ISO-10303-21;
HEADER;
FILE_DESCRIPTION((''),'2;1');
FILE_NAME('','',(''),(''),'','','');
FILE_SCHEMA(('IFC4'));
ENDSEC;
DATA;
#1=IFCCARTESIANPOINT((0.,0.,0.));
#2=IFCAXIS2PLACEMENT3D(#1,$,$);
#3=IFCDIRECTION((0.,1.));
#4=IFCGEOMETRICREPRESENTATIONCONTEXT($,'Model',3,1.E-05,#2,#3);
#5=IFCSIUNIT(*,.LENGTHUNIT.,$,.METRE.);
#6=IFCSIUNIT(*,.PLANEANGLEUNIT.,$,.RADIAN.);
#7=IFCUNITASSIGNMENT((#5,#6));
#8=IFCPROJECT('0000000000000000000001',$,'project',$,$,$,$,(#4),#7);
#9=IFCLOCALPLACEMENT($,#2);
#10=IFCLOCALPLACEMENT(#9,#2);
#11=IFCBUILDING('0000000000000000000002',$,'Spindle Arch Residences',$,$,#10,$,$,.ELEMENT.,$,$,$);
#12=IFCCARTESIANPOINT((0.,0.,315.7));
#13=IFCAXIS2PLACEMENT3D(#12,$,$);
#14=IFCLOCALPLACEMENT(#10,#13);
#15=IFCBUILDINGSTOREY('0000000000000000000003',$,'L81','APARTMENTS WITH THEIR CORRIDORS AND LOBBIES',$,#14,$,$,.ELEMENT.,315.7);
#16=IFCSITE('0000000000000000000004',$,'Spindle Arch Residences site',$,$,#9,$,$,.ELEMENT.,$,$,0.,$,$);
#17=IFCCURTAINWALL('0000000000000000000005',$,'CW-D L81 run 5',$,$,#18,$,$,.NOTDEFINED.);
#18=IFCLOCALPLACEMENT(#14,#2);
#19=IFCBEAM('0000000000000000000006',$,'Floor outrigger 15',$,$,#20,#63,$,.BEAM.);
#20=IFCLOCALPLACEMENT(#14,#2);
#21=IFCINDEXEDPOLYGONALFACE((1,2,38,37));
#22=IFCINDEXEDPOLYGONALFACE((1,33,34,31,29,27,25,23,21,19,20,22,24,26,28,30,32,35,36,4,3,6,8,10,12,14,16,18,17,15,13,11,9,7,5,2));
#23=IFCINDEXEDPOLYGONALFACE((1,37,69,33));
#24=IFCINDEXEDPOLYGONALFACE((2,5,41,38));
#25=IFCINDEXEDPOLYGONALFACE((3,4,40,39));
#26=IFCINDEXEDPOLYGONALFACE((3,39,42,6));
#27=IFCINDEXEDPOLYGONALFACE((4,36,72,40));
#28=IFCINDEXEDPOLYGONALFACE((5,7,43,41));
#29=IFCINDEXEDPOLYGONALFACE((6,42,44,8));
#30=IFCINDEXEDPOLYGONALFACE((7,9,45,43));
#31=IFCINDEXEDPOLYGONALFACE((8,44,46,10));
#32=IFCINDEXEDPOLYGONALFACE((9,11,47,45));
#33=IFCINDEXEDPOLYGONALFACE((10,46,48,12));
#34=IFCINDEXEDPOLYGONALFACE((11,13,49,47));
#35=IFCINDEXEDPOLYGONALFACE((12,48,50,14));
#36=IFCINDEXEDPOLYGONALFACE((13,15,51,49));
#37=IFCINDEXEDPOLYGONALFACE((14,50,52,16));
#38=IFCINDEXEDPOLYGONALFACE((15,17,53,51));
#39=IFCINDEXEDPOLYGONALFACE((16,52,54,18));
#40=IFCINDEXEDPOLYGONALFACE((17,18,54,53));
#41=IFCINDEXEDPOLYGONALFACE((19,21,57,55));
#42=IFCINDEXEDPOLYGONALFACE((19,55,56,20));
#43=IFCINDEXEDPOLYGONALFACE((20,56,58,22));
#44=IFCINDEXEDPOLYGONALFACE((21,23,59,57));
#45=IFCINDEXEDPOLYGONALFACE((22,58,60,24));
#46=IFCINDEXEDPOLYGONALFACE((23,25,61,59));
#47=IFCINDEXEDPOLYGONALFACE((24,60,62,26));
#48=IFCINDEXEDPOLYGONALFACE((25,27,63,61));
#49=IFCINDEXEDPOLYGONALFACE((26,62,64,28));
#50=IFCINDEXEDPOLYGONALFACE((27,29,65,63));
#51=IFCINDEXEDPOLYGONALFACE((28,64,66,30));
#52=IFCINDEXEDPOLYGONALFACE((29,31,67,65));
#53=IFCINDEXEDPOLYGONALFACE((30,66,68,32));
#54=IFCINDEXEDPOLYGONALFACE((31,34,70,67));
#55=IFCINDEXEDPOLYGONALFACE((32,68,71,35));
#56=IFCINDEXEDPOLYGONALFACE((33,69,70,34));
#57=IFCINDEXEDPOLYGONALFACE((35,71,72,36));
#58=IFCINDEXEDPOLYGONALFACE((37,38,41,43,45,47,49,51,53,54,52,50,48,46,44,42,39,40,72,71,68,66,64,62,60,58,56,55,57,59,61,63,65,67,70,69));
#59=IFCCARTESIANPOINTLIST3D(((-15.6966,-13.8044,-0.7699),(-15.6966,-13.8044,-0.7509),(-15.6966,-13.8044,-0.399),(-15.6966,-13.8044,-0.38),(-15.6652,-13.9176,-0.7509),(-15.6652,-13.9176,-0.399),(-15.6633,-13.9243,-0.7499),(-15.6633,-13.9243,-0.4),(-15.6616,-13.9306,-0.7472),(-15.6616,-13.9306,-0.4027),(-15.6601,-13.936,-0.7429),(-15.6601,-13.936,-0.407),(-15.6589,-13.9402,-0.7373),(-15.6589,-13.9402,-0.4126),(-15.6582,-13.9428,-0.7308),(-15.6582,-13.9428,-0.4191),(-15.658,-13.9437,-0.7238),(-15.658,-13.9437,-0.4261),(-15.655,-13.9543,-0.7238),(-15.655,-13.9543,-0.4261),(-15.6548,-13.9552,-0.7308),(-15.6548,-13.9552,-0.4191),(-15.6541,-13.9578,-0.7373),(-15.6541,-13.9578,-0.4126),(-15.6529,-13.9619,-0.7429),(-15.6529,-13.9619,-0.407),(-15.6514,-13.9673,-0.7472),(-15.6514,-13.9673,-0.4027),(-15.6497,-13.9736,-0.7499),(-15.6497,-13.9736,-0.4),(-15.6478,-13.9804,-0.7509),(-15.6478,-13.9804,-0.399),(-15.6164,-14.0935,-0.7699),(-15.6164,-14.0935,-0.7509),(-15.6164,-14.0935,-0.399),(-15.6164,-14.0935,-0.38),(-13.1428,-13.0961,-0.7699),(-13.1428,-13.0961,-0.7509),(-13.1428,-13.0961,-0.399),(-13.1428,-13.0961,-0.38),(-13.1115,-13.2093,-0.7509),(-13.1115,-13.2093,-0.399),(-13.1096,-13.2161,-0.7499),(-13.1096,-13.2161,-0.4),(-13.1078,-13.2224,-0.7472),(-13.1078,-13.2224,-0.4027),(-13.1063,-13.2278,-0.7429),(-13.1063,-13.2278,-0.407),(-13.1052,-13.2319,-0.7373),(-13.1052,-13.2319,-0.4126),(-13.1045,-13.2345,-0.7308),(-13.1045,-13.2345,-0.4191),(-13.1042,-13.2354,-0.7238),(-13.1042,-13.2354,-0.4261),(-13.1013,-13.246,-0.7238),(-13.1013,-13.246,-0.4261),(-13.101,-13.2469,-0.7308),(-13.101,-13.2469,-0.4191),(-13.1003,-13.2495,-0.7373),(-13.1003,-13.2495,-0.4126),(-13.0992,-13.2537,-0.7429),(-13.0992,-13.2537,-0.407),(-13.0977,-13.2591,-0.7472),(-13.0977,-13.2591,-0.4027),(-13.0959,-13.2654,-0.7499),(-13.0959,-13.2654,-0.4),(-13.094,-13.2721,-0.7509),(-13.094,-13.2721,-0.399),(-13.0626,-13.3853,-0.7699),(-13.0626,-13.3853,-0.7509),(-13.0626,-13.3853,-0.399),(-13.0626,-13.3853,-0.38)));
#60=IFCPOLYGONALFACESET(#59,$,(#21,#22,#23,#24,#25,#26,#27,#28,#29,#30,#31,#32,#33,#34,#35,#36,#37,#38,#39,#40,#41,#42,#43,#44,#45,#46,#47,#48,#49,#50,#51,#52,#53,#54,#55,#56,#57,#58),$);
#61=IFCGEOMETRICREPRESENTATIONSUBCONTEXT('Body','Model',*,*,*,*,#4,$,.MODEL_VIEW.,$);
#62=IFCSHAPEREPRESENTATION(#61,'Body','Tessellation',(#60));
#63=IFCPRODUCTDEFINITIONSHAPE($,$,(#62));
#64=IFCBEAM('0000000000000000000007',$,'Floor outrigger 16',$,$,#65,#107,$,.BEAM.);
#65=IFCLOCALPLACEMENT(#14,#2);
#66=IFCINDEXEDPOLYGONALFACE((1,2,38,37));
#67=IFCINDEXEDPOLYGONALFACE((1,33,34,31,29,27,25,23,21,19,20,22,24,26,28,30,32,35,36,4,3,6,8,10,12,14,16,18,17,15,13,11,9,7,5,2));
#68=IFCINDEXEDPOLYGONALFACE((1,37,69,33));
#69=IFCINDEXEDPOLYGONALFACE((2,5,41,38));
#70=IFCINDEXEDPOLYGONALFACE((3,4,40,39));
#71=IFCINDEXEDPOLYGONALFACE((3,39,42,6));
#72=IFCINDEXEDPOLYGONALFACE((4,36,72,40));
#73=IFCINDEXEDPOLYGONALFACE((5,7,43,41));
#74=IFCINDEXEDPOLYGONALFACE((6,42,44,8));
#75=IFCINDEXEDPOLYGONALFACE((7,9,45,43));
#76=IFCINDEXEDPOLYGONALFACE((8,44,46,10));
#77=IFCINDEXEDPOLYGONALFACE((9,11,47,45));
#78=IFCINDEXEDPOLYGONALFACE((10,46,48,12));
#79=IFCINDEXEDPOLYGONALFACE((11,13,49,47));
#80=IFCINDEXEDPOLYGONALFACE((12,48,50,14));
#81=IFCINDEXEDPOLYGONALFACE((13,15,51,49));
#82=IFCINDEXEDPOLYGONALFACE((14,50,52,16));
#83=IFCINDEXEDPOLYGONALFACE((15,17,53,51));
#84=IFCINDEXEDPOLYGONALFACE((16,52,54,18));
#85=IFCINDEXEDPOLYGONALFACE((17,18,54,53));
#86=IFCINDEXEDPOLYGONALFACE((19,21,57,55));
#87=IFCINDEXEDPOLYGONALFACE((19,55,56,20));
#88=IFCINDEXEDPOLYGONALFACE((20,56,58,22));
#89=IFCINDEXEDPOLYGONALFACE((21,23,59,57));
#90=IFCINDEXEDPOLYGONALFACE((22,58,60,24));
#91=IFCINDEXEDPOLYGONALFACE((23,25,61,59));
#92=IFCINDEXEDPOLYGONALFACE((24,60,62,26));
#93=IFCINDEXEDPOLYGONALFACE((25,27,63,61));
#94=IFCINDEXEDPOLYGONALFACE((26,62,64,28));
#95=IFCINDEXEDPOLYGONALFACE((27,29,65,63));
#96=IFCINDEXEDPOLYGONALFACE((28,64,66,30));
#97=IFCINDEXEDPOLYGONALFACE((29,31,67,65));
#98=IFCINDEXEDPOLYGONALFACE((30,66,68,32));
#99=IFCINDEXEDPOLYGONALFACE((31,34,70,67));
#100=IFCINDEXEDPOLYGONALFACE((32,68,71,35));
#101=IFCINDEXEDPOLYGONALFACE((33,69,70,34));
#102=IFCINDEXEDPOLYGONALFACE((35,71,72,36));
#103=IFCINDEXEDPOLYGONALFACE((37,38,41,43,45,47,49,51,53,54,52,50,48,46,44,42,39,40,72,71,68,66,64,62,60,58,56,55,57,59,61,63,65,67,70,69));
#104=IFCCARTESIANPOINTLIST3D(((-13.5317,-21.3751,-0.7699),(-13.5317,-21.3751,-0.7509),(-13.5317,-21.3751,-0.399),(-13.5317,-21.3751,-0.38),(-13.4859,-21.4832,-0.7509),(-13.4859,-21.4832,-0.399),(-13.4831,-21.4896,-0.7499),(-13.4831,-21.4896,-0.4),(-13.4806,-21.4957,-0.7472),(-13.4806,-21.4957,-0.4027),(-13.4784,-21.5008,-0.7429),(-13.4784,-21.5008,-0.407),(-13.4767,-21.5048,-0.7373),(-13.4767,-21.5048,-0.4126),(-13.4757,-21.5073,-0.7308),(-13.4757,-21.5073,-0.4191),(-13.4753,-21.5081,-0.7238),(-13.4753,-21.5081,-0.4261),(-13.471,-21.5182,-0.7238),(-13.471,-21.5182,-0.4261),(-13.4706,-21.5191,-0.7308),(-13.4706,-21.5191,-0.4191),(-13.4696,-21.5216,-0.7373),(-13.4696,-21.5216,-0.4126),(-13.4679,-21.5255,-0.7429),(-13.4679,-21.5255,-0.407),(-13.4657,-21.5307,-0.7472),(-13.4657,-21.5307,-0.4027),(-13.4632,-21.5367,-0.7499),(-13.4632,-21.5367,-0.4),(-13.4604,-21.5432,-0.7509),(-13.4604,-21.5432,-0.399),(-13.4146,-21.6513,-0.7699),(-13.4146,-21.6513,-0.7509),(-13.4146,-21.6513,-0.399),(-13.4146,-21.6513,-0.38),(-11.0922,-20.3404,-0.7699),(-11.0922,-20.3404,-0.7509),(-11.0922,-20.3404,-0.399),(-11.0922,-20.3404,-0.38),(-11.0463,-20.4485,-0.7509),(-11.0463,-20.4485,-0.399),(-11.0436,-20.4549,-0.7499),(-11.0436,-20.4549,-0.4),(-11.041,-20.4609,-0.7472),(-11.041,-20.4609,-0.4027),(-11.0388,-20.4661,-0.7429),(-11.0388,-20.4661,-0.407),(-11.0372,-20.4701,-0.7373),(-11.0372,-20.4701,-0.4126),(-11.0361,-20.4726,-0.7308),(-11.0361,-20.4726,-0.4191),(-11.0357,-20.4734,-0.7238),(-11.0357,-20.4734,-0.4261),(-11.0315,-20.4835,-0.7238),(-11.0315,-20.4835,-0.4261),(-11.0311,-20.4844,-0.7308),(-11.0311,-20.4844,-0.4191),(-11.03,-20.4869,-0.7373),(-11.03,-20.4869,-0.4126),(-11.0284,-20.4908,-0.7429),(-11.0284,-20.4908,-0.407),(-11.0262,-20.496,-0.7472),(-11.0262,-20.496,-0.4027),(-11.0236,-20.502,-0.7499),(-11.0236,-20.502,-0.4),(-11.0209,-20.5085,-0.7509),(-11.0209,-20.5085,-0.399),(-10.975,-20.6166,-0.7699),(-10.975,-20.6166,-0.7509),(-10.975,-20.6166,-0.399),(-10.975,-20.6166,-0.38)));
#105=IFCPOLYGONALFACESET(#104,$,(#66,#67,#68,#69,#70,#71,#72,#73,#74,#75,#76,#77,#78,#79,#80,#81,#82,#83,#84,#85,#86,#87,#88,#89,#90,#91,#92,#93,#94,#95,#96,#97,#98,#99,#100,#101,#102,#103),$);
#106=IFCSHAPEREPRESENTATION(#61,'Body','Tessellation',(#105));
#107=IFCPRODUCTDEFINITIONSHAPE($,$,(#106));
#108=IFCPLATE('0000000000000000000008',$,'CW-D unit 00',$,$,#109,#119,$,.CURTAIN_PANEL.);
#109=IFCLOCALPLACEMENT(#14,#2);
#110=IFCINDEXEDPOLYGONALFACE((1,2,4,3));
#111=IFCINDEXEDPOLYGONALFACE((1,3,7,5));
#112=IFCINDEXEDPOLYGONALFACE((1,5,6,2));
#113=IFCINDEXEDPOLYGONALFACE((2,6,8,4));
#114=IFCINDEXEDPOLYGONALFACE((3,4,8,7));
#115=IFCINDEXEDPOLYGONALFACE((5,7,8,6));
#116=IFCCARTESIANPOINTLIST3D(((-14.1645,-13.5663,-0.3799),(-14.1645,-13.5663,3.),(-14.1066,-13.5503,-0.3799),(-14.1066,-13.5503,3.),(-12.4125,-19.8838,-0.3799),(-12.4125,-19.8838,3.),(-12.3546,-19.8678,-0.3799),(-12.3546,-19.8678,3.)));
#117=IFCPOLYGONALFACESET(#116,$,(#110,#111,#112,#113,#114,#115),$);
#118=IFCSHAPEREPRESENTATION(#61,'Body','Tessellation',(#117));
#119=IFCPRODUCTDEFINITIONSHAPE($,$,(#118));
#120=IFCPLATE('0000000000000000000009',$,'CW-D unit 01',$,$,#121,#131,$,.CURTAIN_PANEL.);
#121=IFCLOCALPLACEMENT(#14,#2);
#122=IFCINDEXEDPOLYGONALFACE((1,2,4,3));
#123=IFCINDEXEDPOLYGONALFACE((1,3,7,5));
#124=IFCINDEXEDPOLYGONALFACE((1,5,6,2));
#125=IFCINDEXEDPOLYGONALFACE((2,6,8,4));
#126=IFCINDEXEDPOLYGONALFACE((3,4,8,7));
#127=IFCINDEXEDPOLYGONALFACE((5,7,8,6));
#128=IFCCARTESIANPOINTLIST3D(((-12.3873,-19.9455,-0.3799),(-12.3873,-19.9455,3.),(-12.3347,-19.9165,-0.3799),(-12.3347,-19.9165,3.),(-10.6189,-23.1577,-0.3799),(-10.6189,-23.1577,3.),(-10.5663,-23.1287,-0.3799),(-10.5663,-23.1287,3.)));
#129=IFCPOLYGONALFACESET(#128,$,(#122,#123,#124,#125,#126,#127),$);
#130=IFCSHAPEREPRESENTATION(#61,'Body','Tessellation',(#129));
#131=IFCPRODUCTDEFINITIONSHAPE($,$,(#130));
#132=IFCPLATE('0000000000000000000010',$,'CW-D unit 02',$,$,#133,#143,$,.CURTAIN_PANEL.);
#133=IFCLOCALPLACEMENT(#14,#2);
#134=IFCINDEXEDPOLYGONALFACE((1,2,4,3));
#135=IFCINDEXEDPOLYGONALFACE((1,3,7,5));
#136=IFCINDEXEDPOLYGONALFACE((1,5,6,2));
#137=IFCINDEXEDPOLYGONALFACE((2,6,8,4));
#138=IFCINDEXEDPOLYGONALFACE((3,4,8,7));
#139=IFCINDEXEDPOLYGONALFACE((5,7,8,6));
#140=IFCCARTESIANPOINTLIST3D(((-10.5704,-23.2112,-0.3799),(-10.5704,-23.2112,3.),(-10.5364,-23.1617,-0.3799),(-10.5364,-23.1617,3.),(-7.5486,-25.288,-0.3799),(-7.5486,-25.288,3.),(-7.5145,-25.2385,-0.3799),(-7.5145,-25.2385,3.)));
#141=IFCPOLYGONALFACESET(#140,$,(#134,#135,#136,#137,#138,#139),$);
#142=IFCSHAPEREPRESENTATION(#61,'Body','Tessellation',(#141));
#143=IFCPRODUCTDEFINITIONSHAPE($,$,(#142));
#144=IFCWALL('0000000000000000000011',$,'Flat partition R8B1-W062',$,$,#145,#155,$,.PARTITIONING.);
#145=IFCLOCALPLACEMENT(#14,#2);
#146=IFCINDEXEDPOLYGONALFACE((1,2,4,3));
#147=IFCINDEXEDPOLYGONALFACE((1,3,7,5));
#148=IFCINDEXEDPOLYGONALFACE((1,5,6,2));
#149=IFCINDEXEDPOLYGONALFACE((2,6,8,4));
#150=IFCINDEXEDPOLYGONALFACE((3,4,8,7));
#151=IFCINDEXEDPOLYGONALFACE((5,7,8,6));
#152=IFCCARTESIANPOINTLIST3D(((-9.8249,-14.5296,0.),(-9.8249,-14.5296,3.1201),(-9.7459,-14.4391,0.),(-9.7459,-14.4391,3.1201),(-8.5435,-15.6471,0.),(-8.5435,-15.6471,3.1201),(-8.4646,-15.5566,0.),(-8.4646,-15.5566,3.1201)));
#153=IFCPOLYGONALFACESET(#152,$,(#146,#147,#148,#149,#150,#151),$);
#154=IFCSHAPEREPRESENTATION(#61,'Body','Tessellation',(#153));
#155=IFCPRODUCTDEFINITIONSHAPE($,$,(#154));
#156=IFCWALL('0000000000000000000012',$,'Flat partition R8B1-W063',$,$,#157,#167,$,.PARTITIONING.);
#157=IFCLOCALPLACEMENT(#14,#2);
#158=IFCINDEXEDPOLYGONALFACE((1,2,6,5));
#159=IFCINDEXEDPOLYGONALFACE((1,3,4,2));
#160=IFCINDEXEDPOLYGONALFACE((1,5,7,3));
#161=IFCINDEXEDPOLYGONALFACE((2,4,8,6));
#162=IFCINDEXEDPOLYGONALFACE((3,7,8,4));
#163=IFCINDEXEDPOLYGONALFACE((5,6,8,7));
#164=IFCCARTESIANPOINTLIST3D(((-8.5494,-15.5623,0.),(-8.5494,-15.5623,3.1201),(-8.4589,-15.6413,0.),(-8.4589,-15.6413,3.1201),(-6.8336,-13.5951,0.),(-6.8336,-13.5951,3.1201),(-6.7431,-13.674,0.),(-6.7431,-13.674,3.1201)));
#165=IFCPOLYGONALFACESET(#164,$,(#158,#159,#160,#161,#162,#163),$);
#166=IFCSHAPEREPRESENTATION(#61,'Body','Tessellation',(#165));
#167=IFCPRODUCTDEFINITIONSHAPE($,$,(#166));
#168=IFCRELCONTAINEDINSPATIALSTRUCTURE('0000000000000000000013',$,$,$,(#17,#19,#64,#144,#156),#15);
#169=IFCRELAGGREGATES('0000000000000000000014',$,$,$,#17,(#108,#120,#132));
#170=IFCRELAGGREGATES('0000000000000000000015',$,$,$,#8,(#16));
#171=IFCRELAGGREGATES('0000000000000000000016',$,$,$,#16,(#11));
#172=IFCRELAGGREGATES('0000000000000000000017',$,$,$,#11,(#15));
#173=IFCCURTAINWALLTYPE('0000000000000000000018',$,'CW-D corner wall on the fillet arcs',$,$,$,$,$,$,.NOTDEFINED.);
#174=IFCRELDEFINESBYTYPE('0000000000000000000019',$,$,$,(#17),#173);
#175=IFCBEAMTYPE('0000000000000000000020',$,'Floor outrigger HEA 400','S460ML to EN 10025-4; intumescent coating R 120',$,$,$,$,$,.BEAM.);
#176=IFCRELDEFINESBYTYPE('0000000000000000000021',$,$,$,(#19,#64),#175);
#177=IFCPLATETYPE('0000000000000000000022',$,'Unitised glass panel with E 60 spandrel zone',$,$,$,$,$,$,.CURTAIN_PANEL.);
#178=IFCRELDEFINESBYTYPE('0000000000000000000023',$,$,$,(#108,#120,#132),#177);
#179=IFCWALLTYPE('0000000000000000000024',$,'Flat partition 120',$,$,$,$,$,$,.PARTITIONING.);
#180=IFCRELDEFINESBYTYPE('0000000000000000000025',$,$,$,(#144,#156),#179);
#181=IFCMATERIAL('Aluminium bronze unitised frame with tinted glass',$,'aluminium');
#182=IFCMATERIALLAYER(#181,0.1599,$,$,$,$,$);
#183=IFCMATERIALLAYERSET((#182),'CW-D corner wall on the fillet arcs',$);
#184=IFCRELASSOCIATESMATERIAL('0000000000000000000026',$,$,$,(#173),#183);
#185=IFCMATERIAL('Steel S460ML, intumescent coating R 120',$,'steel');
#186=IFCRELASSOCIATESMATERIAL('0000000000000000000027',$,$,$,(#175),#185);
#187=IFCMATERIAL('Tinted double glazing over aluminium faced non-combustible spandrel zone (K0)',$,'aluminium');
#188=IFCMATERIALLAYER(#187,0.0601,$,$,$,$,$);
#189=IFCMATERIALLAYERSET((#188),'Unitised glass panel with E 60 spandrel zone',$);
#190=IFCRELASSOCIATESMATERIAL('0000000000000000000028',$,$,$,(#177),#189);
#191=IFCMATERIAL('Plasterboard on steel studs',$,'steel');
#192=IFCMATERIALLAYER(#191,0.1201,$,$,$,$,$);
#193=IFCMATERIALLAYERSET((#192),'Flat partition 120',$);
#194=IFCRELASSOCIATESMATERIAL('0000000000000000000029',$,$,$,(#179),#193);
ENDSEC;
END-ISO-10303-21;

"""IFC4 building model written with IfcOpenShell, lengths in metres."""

from ifc_helpers import new_model, si_unit, direction, frame, frame_2d, origin, origin_2d, place, context, subcontext, project, spatial, rectangle, i_section, extrude, material, layer, layer_set, material_profile, profile_set, type_object, element, aggregate, save


model = new_model("IFC4")

# Units and contexts
model_context = context("Model", 3, precision=1e-05, world=origin(), true_north=direction((0.0, 1.0)))
body_context = subcontext(model_context, "Body", "Model", "MODEL_VIEW")
ifc_project = project(units=[si_unit("LENGTHUNIT", "METRE"), si_unit("PLANEANGLEUNIT", "RADIAN")], contexts=[model_context])

# Site, building, storey
site_placement = place(None, origin())
site = spatial("IfcSite", under=ifc_project, at=site_placement, Name="Spindle Arch Residences site", CompositionType="ELEMENT", RefElevation=0.0)
building_placement = place(site_placement, origin())
building = spatial("IfcBuilding", under=site, at=building_placement, Name="Spindle Arch Residences", CompositionType="ELEMENT")
storey_placement = place(building_placement, frame((0.0, 0.0, 315.7)))
storey = spatial("IfcBuildingStorey", under=building, at=storey_placement, Name="L81", Description="APARTMENTS WITH THEIR CORRIDORS AND LOBBIES", CompositionType="ELEMENT", Elevation=315.7)

# Curtain wall
ifc_material_1 = material(Name="Aluminium bronze unitised frame with tinted glass", Category="aluminium")
ifc_layer_1 = layer(ifc_material_1, 0.1599)
ifc_layer_set_1 = layer_set([ifc_layer_1], Name="CW-D corner wall on the fillet arcs")
curtain_wall_type = type_object("IfcCurtainWallType", Name="CW-D corner wall on the fillet arcs", PredefinedType="NOTDEFINED", material=ifc_layer_set_1)
curtain_wall_placement = place(storey_placement, origin())
curtain_wall = element("IfcCurtainWall", 1, at=curtain_wall_placement, inside=storey, type_object=curtain_wall_type, Name="CW-D L81 run 5", PredefinedType="NOTDEFINED")

# Beams
ifc_material_2 = material(Name="Steel S460ML, intumescent coating R 120", Category="steel")
ifc_material_profile_1 = material_profile(ifc_material_2, i_section(OverallWidth=0.3, OverallDepth=0.3899, WebThickness=0.011, FlangeThickness=0.019, FilletRadius=0.0271, at=origin_2d()), Name="HEA 400")
ifc_profile_set_1 = profile_set([ifc_material_profile_1], Name="Steel S460ML, intumescent coating R 120")
beam_type_1 = type_object("IfcBeamType", Name="Floor outrigger HEA 400", Description="S460ML to EN 10025-4; intumescent coating R 120", PredefinedType="BEAM", material=ifc_profile_set_1)
beam_1_placement = place(storey_placement, frame((-15.6565, -13.949, -0.575), z_axis=(0.963626, 0.267254, 0.0), x_axis=(-0.267254, 0.963626, 0.0)))
element("IfcBeam", 2, at=beam_1_placement, inside=storey, type_object=beam_type_1, Name="Floor outrigger 15", PredefinedType="BEAM", context=body_context, shape_type="SweptSolid", body=[
    extrude(i_section(OverallWidth=0.3, OverallDepth=0.3899, WebThickness=0.011, FlangeThickness=0.019, FilletRadius=0.0271, at=origin_2d()), origin(), (0.0, 0.0, 1.0), 2.6501),
])
beam_2_placement = place(storey_placement, frame((-13.4731, -21.5132, -0.575), z_axis=(0.920616, 0.390469, 0.0), x_axis=(-0.390469, 0.920616, 0.0)))
element("IfcBeam", 3, at=beam_2_placement, inside=storey, type_object=beam_type_1, Name="Floor outrigger 16", PredefinedType="BEAM", context=body_context, shape_type="SweptSolid", body=[
    extrude(i_section(OverallWidth=0.3, OverallDepth=0.3899, WebThickness=0.011, FlangeThickness=0.019, FilletRadius=0.0271, at=origin_2d()), origin(), (0.0, 0.0, 1.0), 2.6499),
])

# Plates
ifc_material_3 = material(Name="Tinted double glazing over aluminium faced non-combustible spandrel zone (K0)", Category="aluminium")
ifc_layer_2 = layer(ifc_material_3, 0.0601)
ifc_layer_set_2 = layer_set([ifc_layer_2], Name="Unitised glass panel with E 60 spandrel zone")
plate_type = type_object("IfcPlateType", Name="Unitised glass panel with E 60 spandrel zone", PredefinedType="CURTAIN_PANEL", material=ifc_layer_set_2)
plate_1_placement = place(storey_placement, frame((-13.2595, -16.717, -0.3799), z_axis=(0.0, 0.0, 1.0), x_axis=(0.267238, -0.96363, 0.0)))
plate_1 = element("IfcPlate", 4, at=plate_1_placement, type_object=plate_type, Name="CW-D unit 00", PredefinedType="CURTAIN_PANEL", context=body_context, shape_type="SweptSolid", body=[
    extrude(rectangle(XDim=6.5559, YDim=0.0601, at=origin_2d()), origin(), (0.0, 0.0, 1.0), 3.3799),
])
plate_2_placement = place(storey_placement, frame((-11.4768, -21.5371, -0.3799), z_axis=(0.0, 0.0, 1.0), x_axis=(0.482263, -0.876026, 0.0)))
plate_2 = element("IfcPlate", 5, at=plate_2_placement, type_object=plate_type, Name="CW-D unit 01", PredefinedType="CURTAIN_PANEL", context=body_context, shape_type="SweptSolid", body=[
    extrude(rectangle(XDim=3.6667, YDim=0.0601, at=origin_2d()), origin(), (0.0, 0.0, 1.0), 3.3799),
])
plate_3_placement = place(storey_placement, frame((-9.0425, -24.2249, -0.3799), z_axis=(0.0, 0.0, 1.0), x_axis=(0.824126, -0.566406, 0.0)))
plate_3 = element("IfcPlate", 6, at=plate_3_placement, type_object=plate_type, Name="CW-D unit 02", PredefinedType="CURTAIN_PANEL", context=body_context, shape_type="SweptSolid", body=[
    extrude(rectangle(XDim=3.6667, YDim=0.0601, at=origin_2d()), origin(), (0.0, 0.0, 1.0), 3.3799),
])
aggregate(curtain_wall, [plate_1, plate_2, plate_3])

# Walls
ifc_material_4 = material(Name="Plasterboard on steel studs", Category="steel")
ifc_layer_3 = layer(ifc_material_4, 0.1201)
ifc_layer_set_3 = layer_set([ifc_layer_3], Name="Flat partition 120")
wall_type = type_object("IfcWallType", Name="Flat partition 120", PredefinedType="PARTITIONING", material=ifc_layer_set_3)
wall_1_placement = place(storey_placement, frame((-9.7854, -14.4844, 0.0), z_axis=(0.0, 0.0, 1.0), x_axis=(0.753643, -0.657284, 0.0)))
element("IfcWall", 7, at=wall_1_placement, inside=storey, type_object=wall_type, Name="Flat partition R8B1-W062", PredefinedType="PARTITIONING", context=body_context, shape_type="SweptSolid", body=[
    extrude(rectangle(XDim=1.7002, YDim=0.1201, at=frame_2d((0.8501, 0.0))), origin(), (0.0, 0.0, 1.0), 3.1201),
])
wall_2_placement = place(storey_placement, frame((-8.5042, -15.6018, 0.0), z_axis=(0.0, 0.0, 1.0), x_axis=(0.657299, 0.75363, 0.0)))
element("IfcWall", 8, at=wall_2_placement, inside=storey, type_object=wall_type, Name="Flat partition R8B1-W063", PredefinedType="PARTITIONING", context=body_context, shape_type="SweptSolid", body=[
    extrude(rectangle(XDim=2.6104, YDim=0.1201, at=frame_2d((1.3052, 0.0))), origin(), (0.0, 0.0, 1.0), 3.1201),
])

save(model, "model.ifc")
